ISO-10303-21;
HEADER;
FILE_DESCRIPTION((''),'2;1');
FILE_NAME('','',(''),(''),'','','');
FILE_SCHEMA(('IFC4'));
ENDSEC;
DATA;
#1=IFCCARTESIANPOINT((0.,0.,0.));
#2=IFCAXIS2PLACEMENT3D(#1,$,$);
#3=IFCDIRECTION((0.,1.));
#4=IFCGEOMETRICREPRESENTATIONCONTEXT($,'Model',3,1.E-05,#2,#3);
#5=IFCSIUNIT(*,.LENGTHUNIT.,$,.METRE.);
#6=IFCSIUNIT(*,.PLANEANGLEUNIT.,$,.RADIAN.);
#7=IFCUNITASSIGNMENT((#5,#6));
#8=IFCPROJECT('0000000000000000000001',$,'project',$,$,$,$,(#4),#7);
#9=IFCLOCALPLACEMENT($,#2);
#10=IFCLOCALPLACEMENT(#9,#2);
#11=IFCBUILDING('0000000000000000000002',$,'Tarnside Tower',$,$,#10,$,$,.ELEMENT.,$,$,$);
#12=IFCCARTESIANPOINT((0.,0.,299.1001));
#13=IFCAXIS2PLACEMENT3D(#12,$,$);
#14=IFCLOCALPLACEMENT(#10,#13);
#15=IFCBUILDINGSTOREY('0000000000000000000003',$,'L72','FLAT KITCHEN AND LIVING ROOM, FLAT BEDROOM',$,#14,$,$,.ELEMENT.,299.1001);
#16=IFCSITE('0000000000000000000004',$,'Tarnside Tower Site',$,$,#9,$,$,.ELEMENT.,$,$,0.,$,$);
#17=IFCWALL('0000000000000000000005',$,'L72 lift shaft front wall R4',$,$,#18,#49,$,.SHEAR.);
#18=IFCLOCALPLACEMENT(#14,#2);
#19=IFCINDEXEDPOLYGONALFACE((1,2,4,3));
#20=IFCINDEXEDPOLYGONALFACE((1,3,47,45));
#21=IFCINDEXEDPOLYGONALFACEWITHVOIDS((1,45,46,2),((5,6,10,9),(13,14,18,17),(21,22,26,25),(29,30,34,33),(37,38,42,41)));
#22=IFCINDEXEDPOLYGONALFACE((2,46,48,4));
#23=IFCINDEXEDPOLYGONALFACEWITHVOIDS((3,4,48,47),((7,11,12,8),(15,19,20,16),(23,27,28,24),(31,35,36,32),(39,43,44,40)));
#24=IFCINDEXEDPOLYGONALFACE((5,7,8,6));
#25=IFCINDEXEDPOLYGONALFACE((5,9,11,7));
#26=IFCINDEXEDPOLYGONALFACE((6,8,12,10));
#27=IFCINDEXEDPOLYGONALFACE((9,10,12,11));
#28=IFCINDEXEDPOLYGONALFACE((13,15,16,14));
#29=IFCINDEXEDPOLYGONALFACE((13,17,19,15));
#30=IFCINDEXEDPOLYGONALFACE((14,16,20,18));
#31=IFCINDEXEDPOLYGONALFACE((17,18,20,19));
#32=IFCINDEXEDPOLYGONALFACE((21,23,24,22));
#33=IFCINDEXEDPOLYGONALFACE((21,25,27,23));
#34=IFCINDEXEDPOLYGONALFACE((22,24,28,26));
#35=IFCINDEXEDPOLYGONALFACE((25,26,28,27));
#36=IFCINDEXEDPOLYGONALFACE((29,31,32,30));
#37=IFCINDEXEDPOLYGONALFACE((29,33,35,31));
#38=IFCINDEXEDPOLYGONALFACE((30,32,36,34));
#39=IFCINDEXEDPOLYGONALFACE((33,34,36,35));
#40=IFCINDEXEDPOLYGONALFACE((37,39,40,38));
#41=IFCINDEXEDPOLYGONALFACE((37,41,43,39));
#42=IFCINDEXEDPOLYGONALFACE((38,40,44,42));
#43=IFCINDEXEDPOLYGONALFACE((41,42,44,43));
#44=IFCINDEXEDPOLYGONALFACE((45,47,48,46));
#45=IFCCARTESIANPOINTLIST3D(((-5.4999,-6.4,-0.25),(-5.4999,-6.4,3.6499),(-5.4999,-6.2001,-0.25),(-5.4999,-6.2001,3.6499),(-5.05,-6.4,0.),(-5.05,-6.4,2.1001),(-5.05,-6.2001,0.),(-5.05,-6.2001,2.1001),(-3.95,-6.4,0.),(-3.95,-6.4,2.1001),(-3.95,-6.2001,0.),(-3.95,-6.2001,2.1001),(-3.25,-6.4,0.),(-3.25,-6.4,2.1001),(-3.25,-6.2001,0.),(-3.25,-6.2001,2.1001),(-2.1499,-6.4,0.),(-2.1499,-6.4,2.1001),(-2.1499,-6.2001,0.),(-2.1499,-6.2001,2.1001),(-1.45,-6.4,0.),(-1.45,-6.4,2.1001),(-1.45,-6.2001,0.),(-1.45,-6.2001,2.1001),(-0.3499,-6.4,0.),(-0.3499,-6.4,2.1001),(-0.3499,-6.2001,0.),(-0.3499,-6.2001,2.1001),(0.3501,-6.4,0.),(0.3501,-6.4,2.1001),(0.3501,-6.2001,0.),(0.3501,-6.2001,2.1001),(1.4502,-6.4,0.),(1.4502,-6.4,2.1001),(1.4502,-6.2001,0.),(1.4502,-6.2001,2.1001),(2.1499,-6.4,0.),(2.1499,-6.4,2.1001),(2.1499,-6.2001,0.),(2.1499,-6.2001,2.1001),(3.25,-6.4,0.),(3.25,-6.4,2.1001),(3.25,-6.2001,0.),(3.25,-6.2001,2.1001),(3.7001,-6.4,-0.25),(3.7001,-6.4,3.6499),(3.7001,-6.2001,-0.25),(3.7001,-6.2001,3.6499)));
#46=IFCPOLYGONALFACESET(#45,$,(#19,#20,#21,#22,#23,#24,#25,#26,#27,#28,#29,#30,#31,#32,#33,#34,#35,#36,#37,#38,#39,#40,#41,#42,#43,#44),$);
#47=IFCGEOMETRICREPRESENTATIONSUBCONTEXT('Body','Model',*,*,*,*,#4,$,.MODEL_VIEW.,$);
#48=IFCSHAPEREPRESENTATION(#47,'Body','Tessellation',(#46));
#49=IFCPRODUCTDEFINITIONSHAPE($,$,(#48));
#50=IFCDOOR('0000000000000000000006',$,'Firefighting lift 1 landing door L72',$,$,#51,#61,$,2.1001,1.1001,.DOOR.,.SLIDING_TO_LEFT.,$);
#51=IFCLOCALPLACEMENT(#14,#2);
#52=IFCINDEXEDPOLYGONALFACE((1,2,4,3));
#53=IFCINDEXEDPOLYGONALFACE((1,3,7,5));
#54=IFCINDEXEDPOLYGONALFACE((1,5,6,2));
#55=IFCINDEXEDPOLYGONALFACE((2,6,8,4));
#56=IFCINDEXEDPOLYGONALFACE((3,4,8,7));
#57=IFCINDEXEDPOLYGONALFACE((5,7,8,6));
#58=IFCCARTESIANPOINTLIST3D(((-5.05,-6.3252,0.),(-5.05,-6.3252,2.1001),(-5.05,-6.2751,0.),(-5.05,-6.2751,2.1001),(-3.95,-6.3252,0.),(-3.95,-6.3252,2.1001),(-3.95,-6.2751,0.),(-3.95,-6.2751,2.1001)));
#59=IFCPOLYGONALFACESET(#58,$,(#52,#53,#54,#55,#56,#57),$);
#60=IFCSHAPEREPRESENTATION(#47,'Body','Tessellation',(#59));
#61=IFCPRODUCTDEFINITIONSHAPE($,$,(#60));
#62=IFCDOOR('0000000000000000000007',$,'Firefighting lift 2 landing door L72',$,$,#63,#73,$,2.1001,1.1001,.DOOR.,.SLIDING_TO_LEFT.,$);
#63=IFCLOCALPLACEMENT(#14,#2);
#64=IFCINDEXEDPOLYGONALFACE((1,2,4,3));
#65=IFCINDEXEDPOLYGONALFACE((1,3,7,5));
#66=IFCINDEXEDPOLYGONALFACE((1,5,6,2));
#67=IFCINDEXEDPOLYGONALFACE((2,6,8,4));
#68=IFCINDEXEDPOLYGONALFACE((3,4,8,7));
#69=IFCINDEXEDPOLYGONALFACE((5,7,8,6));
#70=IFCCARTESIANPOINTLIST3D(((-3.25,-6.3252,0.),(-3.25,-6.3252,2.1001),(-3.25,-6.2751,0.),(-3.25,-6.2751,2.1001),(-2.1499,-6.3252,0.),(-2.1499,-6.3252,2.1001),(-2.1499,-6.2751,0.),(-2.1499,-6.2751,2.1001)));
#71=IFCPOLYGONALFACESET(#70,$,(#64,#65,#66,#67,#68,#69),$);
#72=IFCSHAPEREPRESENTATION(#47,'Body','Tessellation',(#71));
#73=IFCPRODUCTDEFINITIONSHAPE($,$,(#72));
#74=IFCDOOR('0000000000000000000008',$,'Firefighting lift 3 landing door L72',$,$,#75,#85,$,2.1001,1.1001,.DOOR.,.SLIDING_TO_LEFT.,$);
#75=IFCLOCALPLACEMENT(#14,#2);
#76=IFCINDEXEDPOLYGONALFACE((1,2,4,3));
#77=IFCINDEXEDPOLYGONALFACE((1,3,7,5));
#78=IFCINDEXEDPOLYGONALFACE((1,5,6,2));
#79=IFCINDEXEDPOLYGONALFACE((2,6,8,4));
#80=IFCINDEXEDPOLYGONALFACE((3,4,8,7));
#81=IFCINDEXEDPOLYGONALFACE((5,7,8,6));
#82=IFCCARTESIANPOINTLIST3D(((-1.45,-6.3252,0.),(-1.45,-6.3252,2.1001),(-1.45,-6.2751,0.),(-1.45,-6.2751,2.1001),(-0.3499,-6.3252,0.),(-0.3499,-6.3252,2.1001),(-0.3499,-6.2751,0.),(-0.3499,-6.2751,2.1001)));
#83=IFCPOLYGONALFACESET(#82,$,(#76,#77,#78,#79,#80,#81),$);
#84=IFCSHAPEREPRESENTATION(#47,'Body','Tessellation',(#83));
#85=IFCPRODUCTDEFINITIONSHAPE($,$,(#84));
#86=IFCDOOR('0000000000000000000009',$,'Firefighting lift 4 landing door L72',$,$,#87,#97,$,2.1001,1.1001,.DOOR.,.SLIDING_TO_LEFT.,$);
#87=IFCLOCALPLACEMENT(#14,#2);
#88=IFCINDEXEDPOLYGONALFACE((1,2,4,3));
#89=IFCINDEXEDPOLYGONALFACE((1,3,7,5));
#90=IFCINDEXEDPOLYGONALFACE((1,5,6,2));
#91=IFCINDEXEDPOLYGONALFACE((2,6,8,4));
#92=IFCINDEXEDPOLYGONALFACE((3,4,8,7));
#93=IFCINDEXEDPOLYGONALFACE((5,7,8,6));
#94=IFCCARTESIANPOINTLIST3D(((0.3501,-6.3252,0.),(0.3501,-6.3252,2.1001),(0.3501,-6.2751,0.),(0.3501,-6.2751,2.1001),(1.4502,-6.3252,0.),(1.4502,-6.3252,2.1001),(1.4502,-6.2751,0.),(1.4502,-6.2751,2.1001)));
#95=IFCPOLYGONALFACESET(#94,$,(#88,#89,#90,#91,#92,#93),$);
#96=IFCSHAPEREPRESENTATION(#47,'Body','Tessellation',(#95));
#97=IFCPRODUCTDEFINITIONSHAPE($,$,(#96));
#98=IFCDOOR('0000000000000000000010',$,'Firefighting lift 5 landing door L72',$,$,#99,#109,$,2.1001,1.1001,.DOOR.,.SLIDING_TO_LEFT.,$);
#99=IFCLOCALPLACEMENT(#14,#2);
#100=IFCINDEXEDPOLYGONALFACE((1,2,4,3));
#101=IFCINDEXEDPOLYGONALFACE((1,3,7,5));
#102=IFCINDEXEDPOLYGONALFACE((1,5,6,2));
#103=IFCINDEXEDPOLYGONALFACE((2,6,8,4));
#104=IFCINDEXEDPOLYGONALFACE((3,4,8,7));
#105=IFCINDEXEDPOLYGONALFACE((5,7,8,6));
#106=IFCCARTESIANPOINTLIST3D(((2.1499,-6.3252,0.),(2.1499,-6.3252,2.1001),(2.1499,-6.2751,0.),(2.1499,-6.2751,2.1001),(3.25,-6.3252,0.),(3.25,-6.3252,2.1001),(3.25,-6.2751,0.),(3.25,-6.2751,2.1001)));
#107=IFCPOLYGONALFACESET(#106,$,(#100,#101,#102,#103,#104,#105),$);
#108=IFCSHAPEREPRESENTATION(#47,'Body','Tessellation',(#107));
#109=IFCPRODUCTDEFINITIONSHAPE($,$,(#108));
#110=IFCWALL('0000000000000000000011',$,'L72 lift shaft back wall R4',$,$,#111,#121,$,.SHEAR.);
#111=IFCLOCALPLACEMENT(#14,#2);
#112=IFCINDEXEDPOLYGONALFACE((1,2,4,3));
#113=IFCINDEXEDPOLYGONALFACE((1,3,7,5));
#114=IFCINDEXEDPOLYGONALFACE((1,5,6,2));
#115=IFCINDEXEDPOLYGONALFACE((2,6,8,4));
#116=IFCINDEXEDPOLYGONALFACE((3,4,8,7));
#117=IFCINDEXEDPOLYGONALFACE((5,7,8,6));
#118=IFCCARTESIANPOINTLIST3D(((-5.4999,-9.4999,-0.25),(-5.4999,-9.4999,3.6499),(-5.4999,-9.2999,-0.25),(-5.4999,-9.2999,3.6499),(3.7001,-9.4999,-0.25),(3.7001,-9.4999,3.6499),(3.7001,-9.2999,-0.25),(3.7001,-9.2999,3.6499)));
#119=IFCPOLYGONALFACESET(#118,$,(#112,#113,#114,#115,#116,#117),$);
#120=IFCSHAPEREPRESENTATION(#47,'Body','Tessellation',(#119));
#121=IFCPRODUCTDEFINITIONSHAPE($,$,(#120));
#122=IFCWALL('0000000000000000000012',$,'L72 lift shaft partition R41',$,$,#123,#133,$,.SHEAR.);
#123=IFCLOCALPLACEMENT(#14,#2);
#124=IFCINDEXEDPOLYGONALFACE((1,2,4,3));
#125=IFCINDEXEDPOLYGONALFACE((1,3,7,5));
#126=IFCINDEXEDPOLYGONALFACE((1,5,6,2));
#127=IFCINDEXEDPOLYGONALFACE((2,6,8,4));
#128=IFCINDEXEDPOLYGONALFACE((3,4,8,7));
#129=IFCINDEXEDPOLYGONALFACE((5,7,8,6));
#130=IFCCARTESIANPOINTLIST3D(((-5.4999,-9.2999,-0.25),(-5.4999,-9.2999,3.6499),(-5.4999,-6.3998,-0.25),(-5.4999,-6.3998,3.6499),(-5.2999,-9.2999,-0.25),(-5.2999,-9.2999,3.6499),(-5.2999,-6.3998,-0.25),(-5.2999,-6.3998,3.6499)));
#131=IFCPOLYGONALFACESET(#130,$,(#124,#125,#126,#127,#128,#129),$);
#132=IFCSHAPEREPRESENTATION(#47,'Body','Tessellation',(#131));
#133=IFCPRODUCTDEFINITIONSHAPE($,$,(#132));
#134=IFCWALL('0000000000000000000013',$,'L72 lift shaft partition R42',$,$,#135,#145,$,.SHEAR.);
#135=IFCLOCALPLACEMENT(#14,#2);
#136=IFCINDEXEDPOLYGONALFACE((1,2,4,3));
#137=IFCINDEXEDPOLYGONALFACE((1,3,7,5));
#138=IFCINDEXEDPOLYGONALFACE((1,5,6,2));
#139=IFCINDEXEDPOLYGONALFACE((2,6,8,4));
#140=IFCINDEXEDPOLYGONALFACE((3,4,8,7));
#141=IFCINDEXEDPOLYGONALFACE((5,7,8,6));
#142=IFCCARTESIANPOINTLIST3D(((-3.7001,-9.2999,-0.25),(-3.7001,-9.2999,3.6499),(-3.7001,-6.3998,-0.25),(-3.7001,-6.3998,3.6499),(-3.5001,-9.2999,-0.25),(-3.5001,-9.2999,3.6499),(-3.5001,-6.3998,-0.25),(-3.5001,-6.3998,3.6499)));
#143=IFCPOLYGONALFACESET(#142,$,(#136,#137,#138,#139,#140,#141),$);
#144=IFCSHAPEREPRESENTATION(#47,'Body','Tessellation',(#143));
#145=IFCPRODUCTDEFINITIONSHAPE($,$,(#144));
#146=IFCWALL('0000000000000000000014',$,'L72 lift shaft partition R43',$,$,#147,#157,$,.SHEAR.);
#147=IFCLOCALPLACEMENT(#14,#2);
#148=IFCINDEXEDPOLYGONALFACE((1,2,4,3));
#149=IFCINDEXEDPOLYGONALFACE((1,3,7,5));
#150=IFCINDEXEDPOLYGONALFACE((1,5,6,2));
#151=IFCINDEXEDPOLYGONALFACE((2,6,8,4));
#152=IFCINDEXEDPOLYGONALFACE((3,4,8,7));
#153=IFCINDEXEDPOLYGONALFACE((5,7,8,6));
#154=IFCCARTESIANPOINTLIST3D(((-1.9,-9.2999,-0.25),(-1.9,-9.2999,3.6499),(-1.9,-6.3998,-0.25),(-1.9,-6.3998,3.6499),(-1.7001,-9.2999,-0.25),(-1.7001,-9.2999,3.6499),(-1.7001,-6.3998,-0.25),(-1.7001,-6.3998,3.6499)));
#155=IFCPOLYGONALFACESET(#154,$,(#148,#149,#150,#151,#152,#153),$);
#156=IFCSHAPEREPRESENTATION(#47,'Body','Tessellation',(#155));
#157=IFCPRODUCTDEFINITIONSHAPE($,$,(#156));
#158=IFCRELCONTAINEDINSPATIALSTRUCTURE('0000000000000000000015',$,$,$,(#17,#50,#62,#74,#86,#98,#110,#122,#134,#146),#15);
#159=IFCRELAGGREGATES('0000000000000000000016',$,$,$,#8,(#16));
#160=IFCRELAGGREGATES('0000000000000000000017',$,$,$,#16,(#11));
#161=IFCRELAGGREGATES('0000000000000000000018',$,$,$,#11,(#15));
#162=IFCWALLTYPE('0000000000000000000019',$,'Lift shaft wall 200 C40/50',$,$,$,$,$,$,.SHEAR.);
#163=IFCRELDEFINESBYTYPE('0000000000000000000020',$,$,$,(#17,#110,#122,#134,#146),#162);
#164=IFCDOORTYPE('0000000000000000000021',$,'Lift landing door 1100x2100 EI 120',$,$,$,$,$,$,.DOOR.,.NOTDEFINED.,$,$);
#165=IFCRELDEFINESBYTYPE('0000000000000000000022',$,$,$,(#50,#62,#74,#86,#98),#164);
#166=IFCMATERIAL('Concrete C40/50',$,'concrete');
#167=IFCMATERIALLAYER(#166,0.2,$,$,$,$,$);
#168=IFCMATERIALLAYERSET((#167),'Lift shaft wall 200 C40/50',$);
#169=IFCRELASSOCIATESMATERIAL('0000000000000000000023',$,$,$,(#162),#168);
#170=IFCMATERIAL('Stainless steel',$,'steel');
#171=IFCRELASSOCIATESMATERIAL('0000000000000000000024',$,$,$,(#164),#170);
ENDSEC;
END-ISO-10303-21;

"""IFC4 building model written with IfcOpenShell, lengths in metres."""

from ifc_helpers import new_model, si_unit, direction, frame, frame_2d, origin, place, context, subcontext, project, spatial, rectangle, extrude, material, layer, layer_set, type_object, element, fill, save


model = new_model("IFC4")

# Units and contexts
model_context = context("Model", 3, precision=1e-05, world=origin(), true_north=direction((0.0, 1.0)))
body_context = subcontext(model_context, "Body", "Model", "MODEL_VIEW")
ifc_project = project(units=[si_unit("LENGTHUNIT", "METRE"), si_unit("PLANEANGLEUNIT", "RADIAN")], contexts=[model_context])

# Site, building, storey
site_placement = place(None, origin())
site = spatial("IfcSite", under=ifc_project, at=site_placement, Name="Tarnside Tower Site", CompositionType="ELEMENT", RefElevation=0.0)
building_placement = place(site_placement, origin())
building = spatial("IfcBuilding", under=site, at=building_placement, Name="Tarnside Tower", CompositionType="ELEMENT")
storey_placement = place(building_placement, frame((0.0, 0.0, 299.1001)))
storey = spatial("IfcBuildingStorey", under=building, at=storey_placement, Name="L72", Description="FLAT KITCHEN AND LIVING ROOM, FLAT BEDROOM", CompositionType="ELEMENT", Elevation=299.1001)

# Wall, openings, doors
ifc_material_1 = material(Name="Concrete C40/50", Category="concrete")
ifc_layer_1 = layer(ifc_material_1, 0.2)
ifc_layer_set_1 = layer_set([ifc_layer_1], Name="Lift shaft wall 200 C40/50")
wall_type_1 = type_object("IfcWallType", Name="Lift shaft wall 200 C40/50", PredefinedType="SHEAR", material=ifc_layer_set_1)
wall_1_placement = place(storey_placement, frame((-5.5, -6.3, -0.25), z_axis=(0.0, 0.0, 1.0), x_axis=(1.0, 0.0, 0.0)))
wall_1 = element("IfcWall", 1, at=wall_1_placement, inside=storey, type_object=wall_type_1, Name="L72 lift shaft front wall R4", PredefinedType="SHEAR", context=body_context, shape_type="SweptSolid", body=[
    extrude(rectangle(XDim=9.2, YDim=0.2, at=frame_2d((4.6001, 0.0))), origin(), (0.0, 0.0, 1.0), 3.8999),
])
opening_1_placement = place(wall_1_placement, frame((0.45, 0.0, 0.25)))
opening_1 = element("IfcOpeningElement", 2, at=opening_1_placement, cuts=wall_1, PredefinedType="OPENING", context=body_context, shape_type="SweptSolid", body=[
    extrude(rectangle(XDim=1.1001, YDim=2.1001, at=frame_2d((0.55, 1.05))), frame((0.0, 0.1099, 0.0), z_axis=(0.0, -1.0, 0.0), x_axis=(1.0, 0.0, 0.0)), (0.0, 0.0, 1.0), 0.22),
])
opening_2_placement = place(wall_1_placement, frame((2.25, 0.0, 0.25)))
opening_2 = element("IfcOpeningElement", 3, at=opening_2_placement, cuts=wall_1, PredefinedType="OPENING", context=body_context, shape_type="SweptSolid", body=[
    extrude(rectangle(XDim=1.1001, YDim=2.1001, at=frame_2d((0.55, 1.05))), frame((0.0, 0.1099, 0.0), z_axis=(0.0, -1.0, 0.0), x_axis=(1.0, 0.0, 0.0)), (0.0, 0.0, 1.0), 0.22),
])
opening_3_placement = place(wall_1_placement, frame((4.05, 0.0, 0.25)))
opening_3 = element("IfcOpeningElement", 4, at=opening_3_placement, cuts=wall_1, PredefinedType="OPENING", context=body_context, shape_type="SweptSolid", body=[
    extrude(rectangle(XDim=1.1001, YDim=2.1001, at=frame_2d((0.55, 1.05))), frame((0.0, 0.1099, 0.0), z_axis=(0.0, -1.0, 0.0), x_axis=(1.0, 0.0, 0.0)), (0.0, 0.0, 1.0), 0.22),
])
opening_4_placement = place(wall_1_placement, frame((5.8501, 0.0, 0.25)))
opening_4 = element("IfcOpeningElement", 5, at=opening_4_placement, cuts=wall_1, PredefinedType="OPENING", context=body_context, shape_type="SweptSolid", body=[
    extrude(rectangle(XDim=1.1001, YDim=2.1001, at=frame_2d((0.55, 1.05))), frame((0.0, 0.1099, 0.0), z_axis=(0.0, -1.0, 0.0), x_axis=(1.0, 0.0, 0.0)), (0.0, 0.0, 1.0), 0.22),
])
opening_5_placement = place(wall_1_placement, frame((7.6499, 0.0, 0.25)))
opening_5 = element("IfcOpeningElement", 6, at=opening_5_placement, cuts=wall_1, PredefinedType="OPENING", context=body_context, shape_type="SweptSolid", body=[
    extrude(rectangle(XDim=1.1001, YDim=2.1001, at=frame_2d((0.55, 1.05))), frame((0.0, 0.1099, 0.0), z_axis=(0.0, -1.0, 0.0), x_axis=(1.0, 0.0, 0.0)), (0.0, 0.0, 1.0), 0.22),
])
ifc_material_2 = material(Name="Stainless steel", Category="steel")
door_type_1 = type_object("IfcDoorType", Name="Lift landing door 1100x2100 EI 120", OperationType="NOTDEFINED", PredefinedType="DOOR", material=ifc_material_2)
door_1_placement = place(opening_1_placement, origin())
door_1 = element("IfcDoor", 7, at=door_1_placement, inside=storey, type_object=door_type_1, Name="Firefighting lift 1 landing door L72", OperationType="SLIDING_TO_LEFT", OverallHeight=2.1001, OverallWidth=1.1001, PredefinedType="DOOR", context=body_context, shape_type="SweptSolid", body=[
    extrude(rectangle(XDim=1.1001, YDim=2.1001, at=frame_2d((0.55, 1.05))), frame((0.0, 0.0249, 0.0), z_axis=(0.0, -1.0, 0.0), x_axis=(1.0, 0.0, 0.0)), (0.0, 0.0, 1.0), 0.05),
])
fill(opening_1, door_1)
door_2_placement = place(opening_2_placement, origin())
door_2 = element("IfcDoor", 8, at=door_2_placement, inside=storey, type_object=door_type_1, Name="Firefighting lift 2 landing door L72", OperationType="SLIDING_TO_LEFT", OverallHeight=2.1001, OverallWidth=1.1001, PredefinedType="DOOR", context=body_context, shape_type="SweptSolid", body=[
    extrude(rectangle(XDim=1.1001, YDim=2.1001, at=frame_2d((0.55, 1.05))), frame((0.0, 0.0249, 0.0), z_axis=(0.0, -1.0, 0.0), x_axis=(1.0, 0.0, 0.0)), (0.0, 0.0, 1.0), 0.05),
])
fill(opening_2, door_2)
door_3_placement = place(opening_3_placement, origin())
door_3 = element("IfcDoor", 9, at=door_3_placement, inside=storey, type_object=door_type_1, Name="Firefighting lift 3 landing door L72", OperationType="SLIDING_TO_LEFT", OverallHeight=2.1001, OverallWidth=1.1001, PredefinedType="DOOR", context=body_context, shape_type="SweptSolid", body=[
    extrude(rectangle(XDim=1.1001, YDim=2.1001, at=frame_2d((0.55, 1.05))), frame((0.0, 0.0249, 0.0), z_axis=(0.0, -1.0, 0.0), x_axis=(1.0, 0.0, 0.0)), (0.0, 0.0, 1.0), 0.05),
])
fill(opening_3, door_3)
door_4_placement = place(opening_4_placement, origin())
door_4 = element("IfcDoor", 10, at=door_4_placement, inside=storey, type_object=door_type_1, Name="Firefighting lift 4 landing door L72", OperationType="SLIDING_TO_LEFT", OverallHeight=2.1001, OverallWidth=1.1001, PredefinedType="DOOR", context=body_context, shape_type="SweptSolid", body=[
    extrude(rectangle(XDim=1.1001, YDim=2.1001, at=frame_2d((0.55, 1.05))), frame((0.0, 0.0249, 0.0), z_axis=(0.0, -1.0, 0.0), x_axis=(1.0, 0.0, 0.0)), (0.0, 0.0, 1.0), 0.05),
])
fill(opening_4, door_4)
door_5_placement = place(opening_5_placement, origin())
door_5 = element("IfcDoor", 11, at=door_5_placement, inside=storey, type_object=door_type_1, Name="Firefighting lift 5 landing door L72", OperationType="SLIDING_TO_LEFT", OverallHeight=2.1001, OverallWidth=1.1001, PredefinedType="DOOR", context=body_context, shape_type="SweptSolid", body=[
    extrude(rectangle(XDim=1.1001, YDim=2.1001, at=frame_2d((0.55, 1.05))), frame((0.0, 0.0249, 0.0), z_axis=(0.0, -1.0, 0.0), x_axis=(1.0, 0.0, 0.0)), (0.0, 0.0, 1.0), 0.05),
])
fill(opening_5, door_5)

# Walls
wall_2_placement = place(storey_placement, frame((-5.5, -9.3999, -0.25), z_axis=(0.0, 0.0, 1.0), x_axis=(1.0, 0.0, 0.0)))
element("IfcWall", 12, at=wall_2_placement, inside=storey, type_object=wall_type_1, Name="L72 lift shaft back wall R4", PredefinedType="SHEAR", context=body_context, shape_type="SweptSolid", body=[
    extrude(rectangle(XDim=9.2, YDim=0.2, at=frame_2d((4.6001, 0.0))), origin(), (0.0, 0.0, 1.0), 3.8999),
])
for number, where, z_axis, x_axis, name in (
    (13, (-5.3999, -9.3, -0.25), (0.0, 0.0, 1.0), (0.0, 1.0, 0.0), "L72 lift shaft partition R41"),
    (14, (-3.6001, -9.3, -0.25), (0.0, 0.0, 1.0), (0.0, 1.0, 0.0), "L72 lift shaft partition R42"),
    (15, (-1.8, -9.3, -0.25), (0.0, 0.0, 1.0), (0.0, 1.0, 0.0), "L72 lift shaft partition R43"),
):
    element("IfcWall", number, at=place(storey_placement, frame(where, z_axis=z_axis, x_axis=x_axis)), inside=storey, type_object=wall_type_1, Name=name, PredefinedType="SHEAR", context=body_context, shape_type="SweptSolid", body=[
        extrude(rectangle(XDim=2.9001, YDim=0.2, at=frame_2d((1.4502, 0.0))), origin(), (0.0, 0.0, 1.0), 3.8999),
    ])

save(model, "model.ifc")
